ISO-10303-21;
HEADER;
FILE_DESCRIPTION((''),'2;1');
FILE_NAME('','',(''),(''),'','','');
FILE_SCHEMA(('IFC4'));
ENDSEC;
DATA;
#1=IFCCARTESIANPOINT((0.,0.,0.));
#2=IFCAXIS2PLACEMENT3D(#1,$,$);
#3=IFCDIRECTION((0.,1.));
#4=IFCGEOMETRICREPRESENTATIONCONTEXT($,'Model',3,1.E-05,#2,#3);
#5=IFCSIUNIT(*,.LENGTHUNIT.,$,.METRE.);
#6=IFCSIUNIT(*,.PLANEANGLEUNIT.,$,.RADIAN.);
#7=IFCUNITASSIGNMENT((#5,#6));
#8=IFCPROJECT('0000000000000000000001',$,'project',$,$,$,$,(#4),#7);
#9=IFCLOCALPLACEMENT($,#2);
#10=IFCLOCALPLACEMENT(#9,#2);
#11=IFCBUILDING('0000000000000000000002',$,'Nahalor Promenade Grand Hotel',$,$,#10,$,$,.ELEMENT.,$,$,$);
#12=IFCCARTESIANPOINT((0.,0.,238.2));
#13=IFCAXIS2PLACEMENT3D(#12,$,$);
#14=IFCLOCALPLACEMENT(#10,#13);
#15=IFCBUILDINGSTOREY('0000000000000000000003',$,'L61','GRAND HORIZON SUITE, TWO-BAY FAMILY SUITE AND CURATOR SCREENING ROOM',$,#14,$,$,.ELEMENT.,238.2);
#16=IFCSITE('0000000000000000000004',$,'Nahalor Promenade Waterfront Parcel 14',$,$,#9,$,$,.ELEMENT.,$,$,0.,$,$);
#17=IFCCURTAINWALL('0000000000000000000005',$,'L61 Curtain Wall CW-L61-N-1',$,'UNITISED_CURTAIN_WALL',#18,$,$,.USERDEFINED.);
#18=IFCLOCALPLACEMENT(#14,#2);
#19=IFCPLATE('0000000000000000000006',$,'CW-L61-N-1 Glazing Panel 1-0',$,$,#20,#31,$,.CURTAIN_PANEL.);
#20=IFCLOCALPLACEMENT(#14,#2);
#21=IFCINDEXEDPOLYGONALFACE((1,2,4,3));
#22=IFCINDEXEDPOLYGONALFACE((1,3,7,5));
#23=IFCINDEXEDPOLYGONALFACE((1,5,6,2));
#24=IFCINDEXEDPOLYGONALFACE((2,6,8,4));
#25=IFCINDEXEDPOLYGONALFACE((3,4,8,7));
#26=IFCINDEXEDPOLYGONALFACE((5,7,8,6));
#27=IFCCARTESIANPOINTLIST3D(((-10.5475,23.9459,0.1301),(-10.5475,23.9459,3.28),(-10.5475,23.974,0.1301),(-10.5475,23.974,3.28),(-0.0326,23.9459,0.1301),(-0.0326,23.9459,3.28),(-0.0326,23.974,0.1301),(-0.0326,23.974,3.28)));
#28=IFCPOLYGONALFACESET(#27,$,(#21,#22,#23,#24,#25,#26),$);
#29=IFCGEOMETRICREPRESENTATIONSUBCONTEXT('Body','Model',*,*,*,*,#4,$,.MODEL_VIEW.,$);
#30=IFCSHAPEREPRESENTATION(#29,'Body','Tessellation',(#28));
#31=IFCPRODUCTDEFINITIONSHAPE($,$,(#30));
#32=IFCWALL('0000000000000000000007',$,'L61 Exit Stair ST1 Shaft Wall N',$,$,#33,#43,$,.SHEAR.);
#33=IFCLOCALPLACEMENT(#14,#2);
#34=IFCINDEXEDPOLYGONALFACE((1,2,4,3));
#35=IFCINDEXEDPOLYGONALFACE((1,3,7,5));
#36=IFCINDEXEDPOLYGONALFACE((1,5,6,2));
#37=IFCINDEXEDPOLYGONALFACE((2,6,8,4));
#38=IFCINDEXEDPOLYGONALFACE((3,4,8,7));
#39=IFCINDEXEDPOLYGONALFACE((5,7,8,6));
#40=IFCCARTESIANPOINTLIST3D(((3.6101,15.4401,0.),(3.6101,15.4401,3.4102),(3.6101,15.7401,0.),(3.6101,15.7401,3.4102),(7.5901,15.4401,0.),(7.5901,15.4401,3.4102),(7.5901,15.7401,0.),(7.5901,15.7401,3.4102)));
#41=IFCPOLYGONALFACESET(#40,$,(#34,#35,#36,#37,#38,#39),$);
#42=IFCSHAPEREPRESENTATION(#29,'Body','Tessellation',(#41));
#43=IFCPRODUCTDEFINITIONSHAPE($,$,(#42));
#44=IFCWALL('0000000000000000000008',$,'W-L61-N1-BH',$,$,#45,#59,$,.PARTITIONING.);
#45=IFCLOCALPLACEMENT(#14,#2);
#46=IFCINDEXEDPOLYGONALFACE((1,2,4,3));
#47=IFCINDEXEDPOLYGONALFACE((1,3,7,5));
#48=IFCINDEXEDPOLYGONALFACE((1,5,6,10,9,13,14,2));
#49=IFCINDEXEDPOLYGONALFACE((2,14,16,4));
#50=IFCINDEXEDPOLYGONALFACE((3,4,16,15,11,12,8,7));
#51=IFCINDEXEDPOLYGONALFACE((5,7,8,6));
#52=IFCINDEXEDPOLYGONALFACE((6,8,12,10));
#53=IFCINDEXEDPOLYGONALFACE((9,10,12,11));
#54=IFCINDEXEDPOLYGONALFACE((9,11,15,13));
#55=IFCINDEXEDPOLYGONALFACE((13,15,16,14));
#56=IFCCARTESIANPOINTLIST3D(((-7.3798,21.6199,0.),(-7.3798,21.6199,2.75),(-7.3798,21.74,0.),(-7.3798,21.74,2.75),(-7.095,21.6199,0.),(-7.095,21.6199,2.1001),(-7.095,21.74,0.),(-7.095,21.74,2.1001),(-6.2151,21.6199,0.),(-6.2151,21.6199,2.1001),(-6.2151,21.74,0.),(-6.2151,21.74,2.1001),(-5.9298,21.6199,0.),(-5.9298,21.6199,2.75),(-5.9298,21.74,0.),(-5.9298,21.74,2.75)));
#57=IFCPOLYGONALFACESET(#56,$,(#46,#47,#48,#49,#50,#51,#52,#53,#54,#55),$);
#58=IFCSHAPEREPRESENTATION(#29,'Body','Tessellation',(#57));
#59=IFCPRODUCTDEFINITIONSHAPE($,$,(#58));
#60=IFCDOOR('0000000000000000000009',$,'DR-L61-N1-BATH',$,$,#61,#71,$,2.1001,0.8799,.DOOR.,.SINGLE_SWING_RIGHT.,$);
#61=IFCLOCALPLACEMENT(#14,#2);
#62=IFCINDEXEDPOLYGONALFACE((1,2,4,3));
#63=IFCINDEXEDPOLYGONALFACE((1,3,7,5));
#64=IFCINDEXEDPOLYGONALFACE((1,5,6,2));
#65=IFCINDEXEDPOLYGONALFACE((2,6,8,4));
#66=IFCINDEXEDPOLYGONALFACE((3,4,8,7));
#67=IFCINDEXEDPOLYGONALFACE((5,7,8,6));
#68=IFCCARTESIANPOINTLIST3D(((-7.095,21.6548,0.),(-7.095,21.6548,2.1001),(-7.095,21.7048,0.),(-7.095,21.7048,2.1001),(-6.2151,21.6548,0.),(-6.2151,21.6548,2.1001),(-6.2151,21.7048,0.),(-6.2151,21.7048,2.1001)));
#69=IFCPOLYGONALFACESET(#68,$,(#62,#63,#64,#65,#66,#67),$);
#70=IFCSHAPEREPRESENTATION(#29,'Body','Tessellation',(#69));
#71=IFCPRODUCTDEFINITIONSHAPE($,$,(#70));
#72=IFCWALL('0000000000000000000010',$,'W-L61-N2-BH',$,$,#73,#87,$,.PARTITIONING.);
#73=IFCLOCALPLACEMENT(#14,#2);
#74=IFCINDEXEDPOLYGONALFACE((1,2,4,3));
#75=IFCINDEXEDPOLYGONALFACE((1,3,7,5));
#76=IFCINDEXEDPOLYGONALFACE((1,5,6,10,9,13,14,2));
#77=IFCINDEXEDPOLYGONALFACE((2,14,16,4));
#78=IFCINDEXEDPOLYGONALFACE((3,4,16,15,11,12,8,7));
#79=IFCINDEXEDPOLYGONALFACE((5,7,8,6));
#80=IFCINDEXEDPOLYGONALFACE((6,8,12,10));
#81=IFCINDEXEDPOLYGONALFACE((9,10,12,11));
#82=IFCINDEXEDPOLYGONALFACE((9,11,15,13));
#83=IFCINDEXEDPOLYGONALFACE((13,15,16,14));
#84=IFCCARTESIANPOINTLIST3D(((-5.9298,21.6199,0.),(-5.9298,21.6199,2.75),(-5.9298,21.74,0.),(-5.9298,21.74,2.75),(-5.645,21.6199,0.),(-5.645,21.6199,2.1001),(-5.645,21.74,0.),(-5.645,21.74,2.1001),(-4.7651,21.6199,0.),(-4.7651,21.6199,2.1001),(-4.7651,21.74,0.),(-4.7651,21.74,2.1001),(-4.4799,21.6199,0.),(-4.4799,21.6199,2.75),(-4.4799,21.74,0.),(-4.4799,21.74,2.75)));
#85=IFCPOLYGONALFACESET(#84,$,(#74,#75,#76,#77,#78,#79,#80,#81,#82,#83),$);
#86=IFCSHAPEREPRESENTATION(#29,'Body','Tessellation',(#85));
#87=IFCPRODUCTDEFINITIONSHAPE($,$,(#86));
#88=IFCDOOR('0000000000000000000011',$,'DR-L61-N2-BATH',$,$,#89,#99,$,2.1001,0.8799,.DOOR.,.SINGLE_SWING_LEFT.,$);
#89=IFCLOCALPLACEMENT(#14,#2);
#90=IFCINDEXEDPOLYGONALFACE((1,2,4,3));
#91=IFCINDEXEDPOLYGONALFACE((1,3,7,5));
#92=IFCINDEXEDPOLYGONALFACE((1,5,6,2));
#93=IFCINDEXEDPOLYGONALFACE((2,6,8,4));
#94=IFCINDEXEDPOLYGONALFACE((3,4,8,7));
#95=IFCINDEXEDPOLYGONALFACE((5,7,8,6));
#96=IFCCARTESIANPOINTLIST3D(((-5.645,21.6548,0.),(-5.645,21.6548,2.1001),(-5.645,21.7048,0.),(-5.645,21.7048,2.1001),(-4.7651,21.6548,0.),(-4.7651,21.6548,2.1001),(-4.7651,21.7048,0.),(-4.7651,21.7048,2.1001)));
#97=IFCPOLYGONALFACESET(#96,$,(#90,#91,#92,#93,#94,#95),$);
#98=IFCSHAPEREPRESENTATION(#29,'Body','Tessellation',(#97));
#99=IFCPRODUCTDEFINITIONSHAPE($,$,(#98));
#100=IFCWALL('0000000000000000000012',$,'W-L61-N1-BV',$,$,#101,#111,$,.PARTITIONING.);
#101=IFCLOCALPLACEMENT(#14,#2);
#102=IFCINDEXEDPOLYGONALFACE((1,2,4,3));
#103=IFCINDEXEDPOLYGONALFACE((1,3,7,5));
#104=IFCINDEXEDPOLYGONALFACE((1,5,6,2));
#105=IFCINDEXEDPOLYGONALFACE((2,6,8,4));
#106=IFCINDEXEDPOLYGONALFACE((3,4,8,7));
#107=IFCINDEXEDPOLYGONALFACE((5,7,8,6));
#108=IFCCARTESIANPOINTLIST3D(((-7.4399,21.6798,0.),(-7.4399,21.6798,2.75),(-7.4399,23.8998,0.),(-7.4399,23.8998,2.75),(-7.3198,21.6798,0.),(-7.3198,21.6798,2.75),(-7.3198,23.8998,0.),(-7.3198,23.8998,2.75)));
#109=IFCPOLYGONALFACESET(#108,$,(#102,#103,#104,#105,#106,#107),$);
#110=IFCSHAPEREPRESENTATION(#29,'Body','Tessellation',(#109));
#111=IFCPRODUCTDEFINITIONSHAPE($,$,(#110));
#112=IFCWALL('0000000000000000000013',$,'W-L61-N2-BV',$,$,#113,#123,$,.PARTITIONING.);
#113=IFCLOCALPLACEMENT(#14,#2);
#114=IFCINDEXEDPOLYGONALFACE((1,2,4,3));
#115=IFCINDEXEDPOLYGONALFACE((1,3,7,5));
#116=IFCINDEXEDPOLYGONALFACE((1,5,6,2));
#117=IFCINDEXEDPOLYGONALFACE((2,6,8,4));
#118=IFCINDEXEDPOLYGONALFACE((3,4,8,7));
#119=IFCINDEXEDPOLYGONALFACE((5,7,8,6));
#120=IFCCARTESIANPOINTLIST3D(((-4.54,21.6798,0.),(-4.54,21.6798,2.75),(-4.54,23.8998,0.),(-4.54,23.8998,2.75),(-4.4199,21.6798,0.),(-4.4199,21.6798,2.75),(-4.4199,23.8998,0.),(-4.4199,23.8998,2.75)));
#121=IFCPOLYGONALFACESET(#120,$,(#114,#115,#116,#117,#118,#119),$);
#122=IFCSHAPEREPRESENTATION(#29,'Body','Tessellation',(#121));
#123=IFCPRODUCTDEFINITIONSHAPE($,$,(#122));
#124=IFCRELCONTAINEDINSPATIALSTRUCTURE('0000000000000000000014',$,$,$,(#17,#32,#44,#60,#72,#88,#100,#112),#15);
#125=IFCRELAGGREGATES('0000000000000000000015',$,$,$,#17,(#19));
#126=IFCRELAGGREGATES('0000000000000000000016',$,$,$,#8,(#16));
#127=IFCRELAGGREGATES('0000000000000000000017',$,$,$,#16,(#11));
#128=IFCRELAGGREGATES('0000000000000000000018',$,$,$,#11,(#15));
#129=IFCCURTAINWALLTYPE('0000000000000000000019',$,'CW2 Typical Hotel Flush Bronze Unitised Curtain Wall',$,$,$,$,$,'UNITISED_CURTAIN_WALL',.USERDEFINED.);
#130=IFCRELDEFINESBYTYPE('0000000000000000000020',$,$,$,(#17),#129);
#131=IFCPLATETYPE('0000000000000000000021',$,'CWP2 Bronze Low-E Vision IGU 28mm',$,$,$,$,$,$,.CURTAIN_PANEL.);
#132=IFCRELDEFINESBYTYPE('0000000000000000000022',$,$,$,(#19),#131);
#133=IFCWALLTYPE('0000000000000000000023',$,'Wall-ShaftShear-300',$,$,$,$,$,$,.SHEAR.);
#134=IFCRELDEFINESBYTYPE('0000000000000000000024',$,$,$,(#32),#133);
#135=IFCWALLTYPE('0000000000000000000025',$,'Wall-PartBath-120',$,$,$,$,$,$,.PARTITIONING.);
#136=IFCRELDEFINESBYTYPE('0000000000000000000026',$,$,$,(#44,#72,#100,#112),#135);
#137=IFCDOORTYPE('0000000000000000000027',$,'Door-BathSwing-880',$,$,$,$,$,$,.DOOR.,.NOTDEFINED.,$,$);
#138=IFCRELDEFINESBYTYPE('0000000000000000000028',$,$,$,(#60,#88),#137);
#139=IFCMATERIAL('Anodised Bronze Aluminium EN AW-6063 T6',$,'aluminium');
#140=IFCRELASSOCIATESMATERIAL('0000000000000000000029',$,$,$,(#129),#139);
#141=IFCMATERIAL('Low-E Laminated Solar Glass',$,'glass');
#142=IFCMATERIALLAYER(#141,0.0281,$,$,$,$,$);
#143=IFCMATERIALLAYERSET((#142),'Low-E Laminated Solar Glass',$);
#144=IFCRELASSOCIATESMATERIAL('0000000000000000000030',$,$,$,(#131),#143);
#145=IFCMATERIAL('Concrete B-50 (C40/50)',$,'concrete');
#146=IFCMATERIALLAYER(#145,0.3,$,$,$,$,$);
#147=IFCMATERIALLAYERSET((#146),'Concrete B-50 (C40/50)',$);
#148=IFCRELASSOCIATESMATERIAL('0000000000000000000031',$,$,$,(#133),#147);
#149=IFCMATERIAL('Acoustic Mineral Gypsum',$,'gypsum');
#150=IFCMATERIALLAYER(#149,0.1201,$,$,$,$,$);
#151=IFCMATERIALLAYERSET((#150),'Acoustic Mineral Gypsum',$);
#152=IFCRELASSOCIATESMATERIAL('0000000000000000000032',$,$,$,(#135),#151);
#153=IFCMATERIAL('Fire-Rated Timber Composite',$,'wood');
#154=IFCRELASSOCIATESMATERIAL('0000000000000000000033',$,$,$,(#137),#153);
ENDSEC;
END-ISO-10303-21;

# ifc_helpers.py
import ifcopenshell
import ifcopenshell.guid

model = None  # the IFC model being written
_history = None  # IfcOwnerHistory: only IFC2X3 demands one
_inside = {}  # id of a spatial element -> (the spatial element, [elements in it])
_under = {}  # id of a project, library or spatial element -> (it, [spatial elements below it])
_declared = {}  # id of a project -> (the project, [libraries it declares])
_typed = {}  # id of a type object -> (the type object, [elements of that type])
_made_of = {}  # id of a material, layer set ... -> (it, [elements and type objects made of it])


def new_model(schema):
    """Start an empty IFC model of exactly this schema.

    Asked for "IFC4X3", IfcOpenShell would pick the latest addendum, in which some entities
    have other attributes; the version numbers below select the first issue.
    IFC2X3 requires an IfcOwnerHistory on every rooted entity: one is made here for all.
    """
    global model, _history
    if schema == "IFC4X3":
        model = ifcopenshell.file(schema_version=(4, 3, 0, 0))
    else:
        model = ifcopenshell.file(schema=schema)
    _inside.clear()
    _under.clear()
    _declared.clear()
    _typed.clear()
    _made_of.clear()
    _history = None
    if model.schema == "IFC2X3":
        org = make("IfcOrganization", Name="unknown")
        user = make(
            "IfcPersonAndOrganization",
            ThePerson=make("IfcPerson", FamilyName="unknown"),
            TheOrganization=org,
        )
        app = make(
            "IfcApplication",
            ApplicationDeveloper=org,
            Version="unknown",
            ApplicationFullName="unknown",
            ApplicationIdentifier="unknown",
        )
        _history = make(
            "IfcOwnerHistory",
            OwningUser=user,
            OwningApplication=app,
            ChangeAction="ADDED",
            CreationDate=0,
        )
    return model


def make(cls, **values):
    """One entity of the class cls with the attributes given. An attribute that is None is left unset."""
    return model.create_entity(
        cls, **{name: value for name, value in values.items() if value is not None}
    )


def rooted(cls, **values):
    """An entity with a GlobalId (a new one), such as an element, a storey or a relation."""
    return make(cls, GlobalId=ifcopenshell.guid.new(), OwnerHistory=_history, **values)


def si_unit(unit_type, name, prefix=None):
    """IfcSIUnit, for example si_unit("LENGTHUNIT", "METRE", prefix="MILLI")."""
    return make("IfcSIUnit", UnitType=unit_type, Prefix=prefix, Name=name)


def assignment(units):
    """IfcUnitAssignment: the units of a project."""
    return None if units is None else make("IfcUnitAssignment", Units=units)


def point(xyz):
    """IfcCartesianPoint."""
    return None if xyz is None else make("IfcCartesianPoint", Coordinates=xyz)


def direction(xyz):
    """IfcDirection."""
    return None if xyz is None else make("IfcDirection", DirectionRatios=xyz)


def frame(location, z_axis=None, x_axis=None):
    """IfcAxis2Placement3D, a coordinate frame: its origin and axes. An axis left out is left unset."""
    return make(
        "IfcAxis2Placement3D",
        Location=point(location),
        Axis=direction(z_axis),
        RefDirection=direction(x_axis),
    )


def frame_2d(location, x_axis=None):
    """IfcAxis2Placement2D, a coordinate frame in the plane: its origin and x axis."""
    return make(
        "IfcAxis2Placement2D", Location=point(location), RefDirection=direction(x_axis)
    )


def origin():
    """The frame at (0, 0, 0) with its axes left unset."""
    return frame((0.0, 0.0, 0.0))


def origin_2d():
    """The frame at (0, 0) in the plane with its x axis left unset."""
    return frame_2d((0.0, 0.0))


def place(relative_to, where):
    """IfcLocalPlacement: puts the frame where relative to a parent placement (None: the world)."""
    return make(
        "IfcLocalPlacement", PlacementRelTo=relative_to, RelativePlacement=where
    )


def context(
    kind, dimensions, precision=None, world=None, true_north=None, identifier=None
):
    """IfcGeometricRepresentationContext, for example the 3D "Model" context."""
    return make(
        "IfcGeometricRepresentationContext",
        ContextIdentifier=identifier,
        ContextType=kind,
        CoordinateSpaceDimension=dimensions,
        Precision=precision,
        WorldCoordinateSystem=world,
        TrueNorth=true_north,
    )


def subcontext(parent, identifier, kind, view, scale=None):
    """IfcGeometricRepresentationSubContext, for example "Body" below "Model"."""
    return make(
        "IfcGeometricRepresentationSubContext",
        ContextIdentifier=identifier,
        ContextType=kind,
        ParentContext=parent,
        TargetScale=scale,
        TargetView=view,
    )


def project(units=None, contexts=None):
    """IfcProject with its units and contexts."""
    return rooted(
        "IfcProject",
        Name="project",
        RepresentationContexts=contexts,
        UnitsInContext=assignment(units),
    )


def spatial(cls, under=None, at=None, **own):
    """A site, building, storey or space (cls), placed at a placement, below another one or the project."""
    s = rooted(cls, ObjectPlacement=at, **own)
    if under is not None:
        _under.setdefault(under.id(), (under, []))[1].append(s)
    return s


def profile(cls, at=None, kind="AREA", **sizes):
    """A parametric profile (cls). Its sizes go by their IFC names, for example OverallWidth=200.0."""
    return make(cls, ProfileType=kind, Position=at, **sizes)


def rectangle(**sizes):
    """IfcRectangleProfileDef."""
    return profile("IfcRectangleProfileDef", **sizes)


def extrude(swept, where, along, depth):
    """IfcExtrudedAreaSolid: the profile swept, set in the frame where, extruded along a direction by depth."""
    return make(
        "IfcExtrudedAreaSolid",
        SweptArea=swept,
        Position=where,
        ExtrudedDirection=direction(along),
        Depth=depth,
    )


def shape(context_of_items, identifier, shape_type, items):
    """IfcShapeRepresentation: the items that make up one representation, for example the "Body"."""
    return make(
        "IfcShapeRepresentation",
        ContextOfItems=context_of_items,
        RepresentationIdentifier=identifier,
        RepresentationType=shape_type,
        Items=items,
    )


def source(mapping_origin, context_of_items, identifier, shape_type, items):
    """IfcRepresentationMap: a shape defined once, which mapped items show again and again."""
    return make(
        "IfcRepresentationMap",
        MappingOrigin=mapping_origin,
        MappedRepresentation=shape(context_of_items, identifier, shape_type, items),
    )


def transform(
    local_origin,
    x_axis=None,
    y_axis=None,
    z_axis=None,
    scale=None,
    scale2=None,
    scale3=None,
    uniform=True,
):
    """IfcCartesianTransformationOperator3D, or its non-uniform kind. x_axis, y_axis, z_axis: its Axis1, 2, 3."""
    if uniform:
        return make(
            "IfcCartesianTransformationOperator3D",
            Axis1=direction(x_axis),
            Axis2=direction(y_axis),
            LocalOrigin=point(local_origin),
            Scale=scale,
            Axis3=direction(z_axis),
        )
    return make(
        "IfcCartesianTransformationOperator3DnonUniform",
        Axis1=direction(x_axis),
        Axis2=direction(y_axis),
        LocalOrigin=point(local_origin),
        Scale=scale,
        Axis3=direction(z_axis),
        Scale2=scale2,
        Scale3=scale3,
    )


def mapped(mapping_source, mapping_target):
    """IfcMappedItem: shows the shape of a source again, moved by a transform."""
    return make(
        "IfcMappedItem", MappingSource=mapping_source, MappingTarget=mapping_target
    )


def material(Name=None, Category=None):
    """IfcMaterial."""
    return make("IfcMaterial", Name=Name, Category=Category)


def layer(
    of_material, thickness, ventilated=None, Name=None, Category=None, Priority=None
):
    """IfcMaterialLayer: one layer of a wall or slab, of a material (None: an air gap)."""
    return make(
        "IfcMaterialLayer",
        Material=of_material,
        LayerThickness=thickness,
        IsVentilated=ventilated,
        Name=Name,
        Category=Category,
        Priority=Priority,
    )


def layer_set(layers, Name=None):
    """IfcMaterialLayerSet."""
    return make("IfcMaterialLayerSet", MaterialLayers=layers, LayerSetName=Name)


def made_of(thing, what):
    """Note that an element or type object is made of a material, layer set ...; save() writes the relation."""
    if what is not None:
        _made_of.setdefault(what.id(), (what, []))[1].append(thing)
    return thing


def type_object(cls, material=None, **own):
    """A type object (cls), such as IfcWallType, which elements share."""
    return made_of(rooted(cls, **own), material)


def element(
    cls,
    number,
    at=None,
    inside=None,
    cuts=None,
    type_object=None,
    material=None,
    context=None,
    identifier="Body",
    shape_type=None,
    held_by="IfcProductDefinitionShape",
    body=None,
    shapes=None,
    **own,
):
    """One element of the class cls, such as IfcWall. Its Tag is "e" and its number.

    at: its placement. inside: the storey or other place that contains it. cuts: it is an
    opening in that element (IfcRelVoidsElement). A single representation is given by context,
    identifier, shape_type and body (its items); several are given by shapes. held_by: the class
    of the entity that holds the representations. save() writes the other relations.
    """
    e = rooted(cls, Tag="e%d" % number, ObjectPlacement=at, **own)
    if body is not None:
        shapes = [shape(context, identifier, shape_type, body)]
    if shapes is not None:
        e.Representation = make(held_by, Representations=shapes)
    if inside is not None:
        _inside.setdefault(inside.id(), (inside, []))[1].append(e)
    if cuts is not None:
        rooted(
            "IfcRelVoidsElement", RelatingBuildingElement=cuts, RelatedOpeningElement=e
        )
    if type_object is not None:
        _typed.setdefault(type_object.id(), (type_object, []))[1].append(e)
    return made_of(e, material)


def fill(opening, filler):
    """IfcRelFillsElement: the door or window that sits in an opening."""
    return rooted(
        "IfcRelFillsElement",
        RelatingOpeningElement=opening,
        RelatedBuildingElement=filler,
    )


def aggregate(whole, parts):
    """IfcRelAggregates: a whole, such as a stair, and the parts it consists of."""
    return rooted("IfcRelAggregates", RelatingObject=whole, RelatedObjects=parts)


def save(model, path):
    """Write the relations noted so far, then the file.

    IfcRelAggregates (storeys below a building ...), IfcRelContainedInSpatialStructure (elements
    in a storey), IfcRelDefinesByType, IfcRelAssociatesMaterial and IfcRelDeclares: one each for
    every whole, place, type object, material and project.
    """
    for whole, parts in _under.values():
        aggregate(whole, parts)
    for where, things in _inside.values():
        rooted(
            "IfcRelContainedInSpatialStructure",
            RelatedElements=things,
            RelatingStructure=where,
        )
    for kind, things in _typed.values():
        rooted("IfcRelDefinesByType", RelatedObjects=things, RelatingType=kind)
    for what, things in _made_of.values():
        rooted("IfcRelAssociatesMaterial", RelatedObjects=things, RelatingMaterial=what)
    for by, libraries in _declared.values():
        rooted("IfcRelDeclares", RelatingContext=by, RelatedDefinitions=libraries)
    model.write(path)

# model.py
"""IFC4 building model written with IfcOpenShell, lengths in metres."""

from ifc_helpers import new_model, si_unit, direction, frame, frame_2d, origin, origin_2d, place, context, subcontext, project, spatial, rectangle, extrude, source, transform, mapped, material, layer, layer_set, type_object, element, fill, aggregate, save


model = new_model("IFC4")

# Units and contexts
model_context = context("Model", 3, precision=1e-05, world=origin(), true_north=direction((0.0, 1.0)))
body_context = subcontext(model_context, "Body", "Model", "MODEL_VIEW")
ifc_project = project(units=[si_unit("LENGTHUNIT", "METRE"), si_unit("PLANEANGLEUNIT", "RADIAN")], contexts=[model_context])

# Site, building, storey
site_placement = place(None, origin())
site = spatial("IfcSite", under=ifc_project, at=site_placement, Name="Nahalor Promenade Waterfront Parcel 14", CompositionType="ELEMENT", RefElevation=0.0)
building_placement = place(site_placement, origin())
building = spatial("IfcBuilding", under=site, at=building_placement, Name="Nahalor Promenade Grand Hotel", CompositionType="ELEMENT")
storey_placement = place(building_placement, frame((0.0, 0.0, 238.2)))
storey = spatial("IfcBuildingStorey", under=building, at=storey_placement, Name="L61", Description="GRAND HORIZON SUITE, TWO-BAY FAMILY SUITE AND CURATOR SCREENING ROOM", CompositionType="ELEMENT", Elevation=238.2)

# Curtain wall, plate
ifc_material_1 = material(Name="Anodised Bronze Aluminium EN AW-6063 T6", Category="aluminium")
curtain_wall_type = type_object("IfcCurtainWallType", Name="CW2 Typical Hotel Flush Bronze Unitised Curtain Wall", ElementType="UNITISED_CURTAIN_WALL", PredefinedType="USERDEFINED", material=ifc_material_1)
curtain_wall_placement = place(storey_placement, origin())
curtain_wall = element("IfcCurtainWall", 1, at=curtain_wall_placement, inside=storey, type_object=curtain_wall_type, Name="L61 Curtain Wall CW-L61-N-1", ObjectType="UNITISED_CURTAIN_WALL", PredefinedType="USERDEFINED")
ifc_material_2 = material(Name="Low-E Laminated Solar Glass", Category="glass")
ifc_layer_1 = layer(ifc_material_2, 0.0281)
ifc_layer_set_1 = layer_set([ifc_layer_1], Name="Low-E Laminated Solar Glass")
plate_type = type_object("IfcPlateType", Name="CWP2 Bronze Low-E Vision IGU 28mm", PredefinedType="CURTAIN_PANEL", material=ifc_layer_set_1)
shared_shape_1 = source(origin(), body_context, "Body", "SweptSolid", [
    extrude(rectangle(XDim=10.5149, YDim=0.0281, at=origin_2d()), origin(), (0.0, 0.0, 1.0), 3.1499),
])
plate_placement = place(storey_placement, frame((-5.29, 23.96, 0.1301), z_axis=(0.0, 0.0, 1.0), x_axis=(1.0, 0.0, 0.0)))
plate = element("IfcPlate", 2, at=plate_placement, type_object=plate_type, Name="CW-L61-N-1 Glazing Panel 1-0", PredefinedType="CURTAIN_PANEL", context=body_context, shape_type="MappedRepresentation", body=[
    mapped(shared_shape_1, transform((0.0, 0.0, 0.0), scale=1.0)),
])
aggregate(curtain_wall, [plate])

# Wall
ifc_material_3 = material(Name="Concrete B-50 (C40/50)", Category="concrete")
ifc_layer_2 = layer(ifc_material_3, 0.3)
ifc_layer_set_2 = layer_set([ifc_layer_2], Name="Concrete B-50 (C40/50)")
wall_type_1 = type_object("IfcWallType", Name="Wall-ShaftShear-300", PredefinedType="SHEAR", material=ifc_layer_set_2)
shared_shape_2 = source(origin(), body_context, "Body", "SweptSolid", [
    extrude(rectangle(XDim=3.98, YDim=0.3, at=frame_2d((1.99, 0.0))), origin(), (0.0, 0.0, 1.0), 3.4102),
])
wall_1_placement = place(storey_placement, frame((3.6101, 15.5901, 0.0), z_axis=(0.0, 0.0, 1.0), x_axis=(1.0, 0.0, 0.0)))
element("IfcWall", 3, at=wall_1_placement, inside=storey, type_object=wall_type_1, Name="L61 Exit Stair ST1 Shaft Wall N", PredefinedType="SHEAR", context=body_context, shape_type="MappedRepresentation", body=[
    mapped(shared_shape_2, transform((0.0, 0.0, 0.0), scale=1.0)),
])

# Walls, openings, doors
ifc_material_4 = material(Name="Acoustic Mineral Gypsum", Category="gypsum")
ifc_layer_3 = layer(ifc_material_4, 0.1201)
ifc_layer_set_3 = layer_set([ifc_layer_3], Name="Acoustic Mineral Gypsum")
wall_type_2 = type_object("IfcWallType", Name="Wall-PartBath-120", PredefinedType="PARTITIONING", material=ifc_layer_set_3)
shared_shape_3 = source(origin(), body_context, "Body", "SweptSolid", [
    extrude(rectangle(XDim=1.45, YDim=0.1201, at=frame_2d((0.7251, 0.0))), origin(), (0.0, 0.0, 1.0), 2.75),
])
wall_2_placement = place(storey_placement, frame((-7.3799, 21.6799, 0.0), z_axis=(0.0, 0.0, 1.0), x_axis=(1.0, 0.0, 0.0)))
wall_2 = element("IfcWall", 4, at=wall_2_placement, inside=storey, type_object=wall_type_2, Name="W-L61-N1-BH", PredefinedType="PARTITIONING", context=body_context, shape_type="MappedRepresentation", body=[
    mapped(shared_shape_3, transform((0.0, 0.0, 0.0), scale=1.0)),
])
opening_1_placement = place(wall_2_placement, frame((0.2849, 0.0, 0.0)))
opening_1 = element("IfcOpeningElement", 5, at=opening_1_placement, cuts=wall_2, PredefinedType="OPENING", context=body_context, shape_type="SweptSolid", body=[
    extrude(rectangle(XDim=0.8799, YDim=2.1001, at=frame_2d((0.4399, 1.05))), frame((0.0, 0.0701, 0.0), z_axis=(0.0, -1.0, 0.0), x_axis=(1.0, 0.0, 0.0)), (0.0, 0.0, 1.0), 0.1401),
])
ifc_material_5 = material(Name="Fire-Rated Timber Composite", Category="wood")
door_type = type_object("IfcDoorType", Name="Door-BathSwing-880", OperationType="NOTDEFINED", PredefinedType="DOOR", material=ifc_material_5)
shared_shape_4 = source(origin(), body_context, "Body", "SweptSolid", [
    extrude(rectangle(XDim=0.8799, YDim=2.1001, at=frame_2d((0.4399, 1.05))), frame((0.0, 0.0249, 0.0), z_axis=(0.0, -1.0, 0.0), x_axis=(1.0, 0.0, 0.0)), (0.0, 0.0, 1.0), 0.05),
])
door_1_placement = place(opening_1_placement, origin())
door_1 = element("IfcDoor", 6, at=door_1_placement, inside=storey, type_object=door_type, Name="DR-L61-N1-BATH", OperationType="SINGLE_SWING_RIGHT", OverallHeight=2.1001, OverallWidth=0.8799, PredefinedType="DOOR", context=body_context, shape_type="MappedRepresentation", body=[
    mapped(shared_shape_4, transform((0.0, 0.0, 0.0), scale=1.0)),
])
fill(opening_1, door_1)
wall_3_placement = place(storey_placement, frame((-5.9299, 21.6799, 0.0), z_axis=(0.0, 0.0, 1.0), x_axis=(1.0, 0.0, 0.0)))
wall_3 = element("IfcWall", 7, at=wall_3_placement, inside=storey, type_object=wall_type_2, Name="W-L61-N2-BH", PredefinedType="PARTITIONING", context=body_context, shape_type="MappedRepresentation", body=[
    mapped(shared_shape_3, transform((0.0, 0.0, 0.0), scale=1.0)),
])
opening_2_placement = place(wall_3_placement, frame((0.2849, 0.0, 0.0)))
opening_2 = element("IfcOpeningElement", 8, at=opening_2_placement, cuts=wall_3, PredefinedType="OPENING", context=body_context, shape_type="SweptSolid", body=[
    extrude(rectangle(XDim=0.8799, YDim=2.1001, at=frame_2d((0.4399, 1.05))), frame((0.0, 0.0701, 0.0), z_axis=(0.0, -1.0, 0.0), x_axis=(1.0, 0.0, 0.0)), (0.0, 0.0, 1.0), 0.1401),
])
door_2_placement = place(opening_2_placement, origin())
door_2 = element("IfcDoor", 9, at=door_2_placement, inside=storey, type_object=door_type, Name="DR-L61-N2-BATH", OperationType="SINGLE_SWING_LEFT", OverallHeight=2.1001, OverallWidth=0.8799, PredefinedType="DOOR", context=body_context, shape_type="MappedRepresentation", body=[
    mapped(shared_shape_4, transform((0.0, 0.0, 0.0), scale=1.0)),
])
fill(opening_2, door_2)

# Walls
shared_shape_5 = source(origin(), body_context, "Body", "SweptSolid", [
    extrude(rectangle(XDim=2.22, YDim=0.1201, at=frame_2d((1.1099, 0.0))), origin(), (0.0, 0.0, 1.0), 2.75),
])
for number, where, z_axis, x_axis, name in (
    (10, (-7.3799, 21.6799, 0.0), (0.0, 0.0, 1.0), (0.0, 1.0, 0.0), "W-L61-N1-BV"),
    (11, (-4.48, 21.6799, 0.0), (0.0, 0.0, 1.0), (0.0, 1.0, 0.0), "W-L61-N2-BV"),
):
    element("IfcWall", number, at=place(storey_placement, frame(where, z_axis=z_axis, x_axis=x_axis)), inside=storey, type_object=wall_type_2, Name=name, PredefinedType="PARTITIONING", context=body_context, shape_type="MappedRepresentation", body=[
        mapped(shared_shape_5, transform((0.0, 0.0, 0.0), scale=1.0)),
    ])

save(model, "model.ifc")
